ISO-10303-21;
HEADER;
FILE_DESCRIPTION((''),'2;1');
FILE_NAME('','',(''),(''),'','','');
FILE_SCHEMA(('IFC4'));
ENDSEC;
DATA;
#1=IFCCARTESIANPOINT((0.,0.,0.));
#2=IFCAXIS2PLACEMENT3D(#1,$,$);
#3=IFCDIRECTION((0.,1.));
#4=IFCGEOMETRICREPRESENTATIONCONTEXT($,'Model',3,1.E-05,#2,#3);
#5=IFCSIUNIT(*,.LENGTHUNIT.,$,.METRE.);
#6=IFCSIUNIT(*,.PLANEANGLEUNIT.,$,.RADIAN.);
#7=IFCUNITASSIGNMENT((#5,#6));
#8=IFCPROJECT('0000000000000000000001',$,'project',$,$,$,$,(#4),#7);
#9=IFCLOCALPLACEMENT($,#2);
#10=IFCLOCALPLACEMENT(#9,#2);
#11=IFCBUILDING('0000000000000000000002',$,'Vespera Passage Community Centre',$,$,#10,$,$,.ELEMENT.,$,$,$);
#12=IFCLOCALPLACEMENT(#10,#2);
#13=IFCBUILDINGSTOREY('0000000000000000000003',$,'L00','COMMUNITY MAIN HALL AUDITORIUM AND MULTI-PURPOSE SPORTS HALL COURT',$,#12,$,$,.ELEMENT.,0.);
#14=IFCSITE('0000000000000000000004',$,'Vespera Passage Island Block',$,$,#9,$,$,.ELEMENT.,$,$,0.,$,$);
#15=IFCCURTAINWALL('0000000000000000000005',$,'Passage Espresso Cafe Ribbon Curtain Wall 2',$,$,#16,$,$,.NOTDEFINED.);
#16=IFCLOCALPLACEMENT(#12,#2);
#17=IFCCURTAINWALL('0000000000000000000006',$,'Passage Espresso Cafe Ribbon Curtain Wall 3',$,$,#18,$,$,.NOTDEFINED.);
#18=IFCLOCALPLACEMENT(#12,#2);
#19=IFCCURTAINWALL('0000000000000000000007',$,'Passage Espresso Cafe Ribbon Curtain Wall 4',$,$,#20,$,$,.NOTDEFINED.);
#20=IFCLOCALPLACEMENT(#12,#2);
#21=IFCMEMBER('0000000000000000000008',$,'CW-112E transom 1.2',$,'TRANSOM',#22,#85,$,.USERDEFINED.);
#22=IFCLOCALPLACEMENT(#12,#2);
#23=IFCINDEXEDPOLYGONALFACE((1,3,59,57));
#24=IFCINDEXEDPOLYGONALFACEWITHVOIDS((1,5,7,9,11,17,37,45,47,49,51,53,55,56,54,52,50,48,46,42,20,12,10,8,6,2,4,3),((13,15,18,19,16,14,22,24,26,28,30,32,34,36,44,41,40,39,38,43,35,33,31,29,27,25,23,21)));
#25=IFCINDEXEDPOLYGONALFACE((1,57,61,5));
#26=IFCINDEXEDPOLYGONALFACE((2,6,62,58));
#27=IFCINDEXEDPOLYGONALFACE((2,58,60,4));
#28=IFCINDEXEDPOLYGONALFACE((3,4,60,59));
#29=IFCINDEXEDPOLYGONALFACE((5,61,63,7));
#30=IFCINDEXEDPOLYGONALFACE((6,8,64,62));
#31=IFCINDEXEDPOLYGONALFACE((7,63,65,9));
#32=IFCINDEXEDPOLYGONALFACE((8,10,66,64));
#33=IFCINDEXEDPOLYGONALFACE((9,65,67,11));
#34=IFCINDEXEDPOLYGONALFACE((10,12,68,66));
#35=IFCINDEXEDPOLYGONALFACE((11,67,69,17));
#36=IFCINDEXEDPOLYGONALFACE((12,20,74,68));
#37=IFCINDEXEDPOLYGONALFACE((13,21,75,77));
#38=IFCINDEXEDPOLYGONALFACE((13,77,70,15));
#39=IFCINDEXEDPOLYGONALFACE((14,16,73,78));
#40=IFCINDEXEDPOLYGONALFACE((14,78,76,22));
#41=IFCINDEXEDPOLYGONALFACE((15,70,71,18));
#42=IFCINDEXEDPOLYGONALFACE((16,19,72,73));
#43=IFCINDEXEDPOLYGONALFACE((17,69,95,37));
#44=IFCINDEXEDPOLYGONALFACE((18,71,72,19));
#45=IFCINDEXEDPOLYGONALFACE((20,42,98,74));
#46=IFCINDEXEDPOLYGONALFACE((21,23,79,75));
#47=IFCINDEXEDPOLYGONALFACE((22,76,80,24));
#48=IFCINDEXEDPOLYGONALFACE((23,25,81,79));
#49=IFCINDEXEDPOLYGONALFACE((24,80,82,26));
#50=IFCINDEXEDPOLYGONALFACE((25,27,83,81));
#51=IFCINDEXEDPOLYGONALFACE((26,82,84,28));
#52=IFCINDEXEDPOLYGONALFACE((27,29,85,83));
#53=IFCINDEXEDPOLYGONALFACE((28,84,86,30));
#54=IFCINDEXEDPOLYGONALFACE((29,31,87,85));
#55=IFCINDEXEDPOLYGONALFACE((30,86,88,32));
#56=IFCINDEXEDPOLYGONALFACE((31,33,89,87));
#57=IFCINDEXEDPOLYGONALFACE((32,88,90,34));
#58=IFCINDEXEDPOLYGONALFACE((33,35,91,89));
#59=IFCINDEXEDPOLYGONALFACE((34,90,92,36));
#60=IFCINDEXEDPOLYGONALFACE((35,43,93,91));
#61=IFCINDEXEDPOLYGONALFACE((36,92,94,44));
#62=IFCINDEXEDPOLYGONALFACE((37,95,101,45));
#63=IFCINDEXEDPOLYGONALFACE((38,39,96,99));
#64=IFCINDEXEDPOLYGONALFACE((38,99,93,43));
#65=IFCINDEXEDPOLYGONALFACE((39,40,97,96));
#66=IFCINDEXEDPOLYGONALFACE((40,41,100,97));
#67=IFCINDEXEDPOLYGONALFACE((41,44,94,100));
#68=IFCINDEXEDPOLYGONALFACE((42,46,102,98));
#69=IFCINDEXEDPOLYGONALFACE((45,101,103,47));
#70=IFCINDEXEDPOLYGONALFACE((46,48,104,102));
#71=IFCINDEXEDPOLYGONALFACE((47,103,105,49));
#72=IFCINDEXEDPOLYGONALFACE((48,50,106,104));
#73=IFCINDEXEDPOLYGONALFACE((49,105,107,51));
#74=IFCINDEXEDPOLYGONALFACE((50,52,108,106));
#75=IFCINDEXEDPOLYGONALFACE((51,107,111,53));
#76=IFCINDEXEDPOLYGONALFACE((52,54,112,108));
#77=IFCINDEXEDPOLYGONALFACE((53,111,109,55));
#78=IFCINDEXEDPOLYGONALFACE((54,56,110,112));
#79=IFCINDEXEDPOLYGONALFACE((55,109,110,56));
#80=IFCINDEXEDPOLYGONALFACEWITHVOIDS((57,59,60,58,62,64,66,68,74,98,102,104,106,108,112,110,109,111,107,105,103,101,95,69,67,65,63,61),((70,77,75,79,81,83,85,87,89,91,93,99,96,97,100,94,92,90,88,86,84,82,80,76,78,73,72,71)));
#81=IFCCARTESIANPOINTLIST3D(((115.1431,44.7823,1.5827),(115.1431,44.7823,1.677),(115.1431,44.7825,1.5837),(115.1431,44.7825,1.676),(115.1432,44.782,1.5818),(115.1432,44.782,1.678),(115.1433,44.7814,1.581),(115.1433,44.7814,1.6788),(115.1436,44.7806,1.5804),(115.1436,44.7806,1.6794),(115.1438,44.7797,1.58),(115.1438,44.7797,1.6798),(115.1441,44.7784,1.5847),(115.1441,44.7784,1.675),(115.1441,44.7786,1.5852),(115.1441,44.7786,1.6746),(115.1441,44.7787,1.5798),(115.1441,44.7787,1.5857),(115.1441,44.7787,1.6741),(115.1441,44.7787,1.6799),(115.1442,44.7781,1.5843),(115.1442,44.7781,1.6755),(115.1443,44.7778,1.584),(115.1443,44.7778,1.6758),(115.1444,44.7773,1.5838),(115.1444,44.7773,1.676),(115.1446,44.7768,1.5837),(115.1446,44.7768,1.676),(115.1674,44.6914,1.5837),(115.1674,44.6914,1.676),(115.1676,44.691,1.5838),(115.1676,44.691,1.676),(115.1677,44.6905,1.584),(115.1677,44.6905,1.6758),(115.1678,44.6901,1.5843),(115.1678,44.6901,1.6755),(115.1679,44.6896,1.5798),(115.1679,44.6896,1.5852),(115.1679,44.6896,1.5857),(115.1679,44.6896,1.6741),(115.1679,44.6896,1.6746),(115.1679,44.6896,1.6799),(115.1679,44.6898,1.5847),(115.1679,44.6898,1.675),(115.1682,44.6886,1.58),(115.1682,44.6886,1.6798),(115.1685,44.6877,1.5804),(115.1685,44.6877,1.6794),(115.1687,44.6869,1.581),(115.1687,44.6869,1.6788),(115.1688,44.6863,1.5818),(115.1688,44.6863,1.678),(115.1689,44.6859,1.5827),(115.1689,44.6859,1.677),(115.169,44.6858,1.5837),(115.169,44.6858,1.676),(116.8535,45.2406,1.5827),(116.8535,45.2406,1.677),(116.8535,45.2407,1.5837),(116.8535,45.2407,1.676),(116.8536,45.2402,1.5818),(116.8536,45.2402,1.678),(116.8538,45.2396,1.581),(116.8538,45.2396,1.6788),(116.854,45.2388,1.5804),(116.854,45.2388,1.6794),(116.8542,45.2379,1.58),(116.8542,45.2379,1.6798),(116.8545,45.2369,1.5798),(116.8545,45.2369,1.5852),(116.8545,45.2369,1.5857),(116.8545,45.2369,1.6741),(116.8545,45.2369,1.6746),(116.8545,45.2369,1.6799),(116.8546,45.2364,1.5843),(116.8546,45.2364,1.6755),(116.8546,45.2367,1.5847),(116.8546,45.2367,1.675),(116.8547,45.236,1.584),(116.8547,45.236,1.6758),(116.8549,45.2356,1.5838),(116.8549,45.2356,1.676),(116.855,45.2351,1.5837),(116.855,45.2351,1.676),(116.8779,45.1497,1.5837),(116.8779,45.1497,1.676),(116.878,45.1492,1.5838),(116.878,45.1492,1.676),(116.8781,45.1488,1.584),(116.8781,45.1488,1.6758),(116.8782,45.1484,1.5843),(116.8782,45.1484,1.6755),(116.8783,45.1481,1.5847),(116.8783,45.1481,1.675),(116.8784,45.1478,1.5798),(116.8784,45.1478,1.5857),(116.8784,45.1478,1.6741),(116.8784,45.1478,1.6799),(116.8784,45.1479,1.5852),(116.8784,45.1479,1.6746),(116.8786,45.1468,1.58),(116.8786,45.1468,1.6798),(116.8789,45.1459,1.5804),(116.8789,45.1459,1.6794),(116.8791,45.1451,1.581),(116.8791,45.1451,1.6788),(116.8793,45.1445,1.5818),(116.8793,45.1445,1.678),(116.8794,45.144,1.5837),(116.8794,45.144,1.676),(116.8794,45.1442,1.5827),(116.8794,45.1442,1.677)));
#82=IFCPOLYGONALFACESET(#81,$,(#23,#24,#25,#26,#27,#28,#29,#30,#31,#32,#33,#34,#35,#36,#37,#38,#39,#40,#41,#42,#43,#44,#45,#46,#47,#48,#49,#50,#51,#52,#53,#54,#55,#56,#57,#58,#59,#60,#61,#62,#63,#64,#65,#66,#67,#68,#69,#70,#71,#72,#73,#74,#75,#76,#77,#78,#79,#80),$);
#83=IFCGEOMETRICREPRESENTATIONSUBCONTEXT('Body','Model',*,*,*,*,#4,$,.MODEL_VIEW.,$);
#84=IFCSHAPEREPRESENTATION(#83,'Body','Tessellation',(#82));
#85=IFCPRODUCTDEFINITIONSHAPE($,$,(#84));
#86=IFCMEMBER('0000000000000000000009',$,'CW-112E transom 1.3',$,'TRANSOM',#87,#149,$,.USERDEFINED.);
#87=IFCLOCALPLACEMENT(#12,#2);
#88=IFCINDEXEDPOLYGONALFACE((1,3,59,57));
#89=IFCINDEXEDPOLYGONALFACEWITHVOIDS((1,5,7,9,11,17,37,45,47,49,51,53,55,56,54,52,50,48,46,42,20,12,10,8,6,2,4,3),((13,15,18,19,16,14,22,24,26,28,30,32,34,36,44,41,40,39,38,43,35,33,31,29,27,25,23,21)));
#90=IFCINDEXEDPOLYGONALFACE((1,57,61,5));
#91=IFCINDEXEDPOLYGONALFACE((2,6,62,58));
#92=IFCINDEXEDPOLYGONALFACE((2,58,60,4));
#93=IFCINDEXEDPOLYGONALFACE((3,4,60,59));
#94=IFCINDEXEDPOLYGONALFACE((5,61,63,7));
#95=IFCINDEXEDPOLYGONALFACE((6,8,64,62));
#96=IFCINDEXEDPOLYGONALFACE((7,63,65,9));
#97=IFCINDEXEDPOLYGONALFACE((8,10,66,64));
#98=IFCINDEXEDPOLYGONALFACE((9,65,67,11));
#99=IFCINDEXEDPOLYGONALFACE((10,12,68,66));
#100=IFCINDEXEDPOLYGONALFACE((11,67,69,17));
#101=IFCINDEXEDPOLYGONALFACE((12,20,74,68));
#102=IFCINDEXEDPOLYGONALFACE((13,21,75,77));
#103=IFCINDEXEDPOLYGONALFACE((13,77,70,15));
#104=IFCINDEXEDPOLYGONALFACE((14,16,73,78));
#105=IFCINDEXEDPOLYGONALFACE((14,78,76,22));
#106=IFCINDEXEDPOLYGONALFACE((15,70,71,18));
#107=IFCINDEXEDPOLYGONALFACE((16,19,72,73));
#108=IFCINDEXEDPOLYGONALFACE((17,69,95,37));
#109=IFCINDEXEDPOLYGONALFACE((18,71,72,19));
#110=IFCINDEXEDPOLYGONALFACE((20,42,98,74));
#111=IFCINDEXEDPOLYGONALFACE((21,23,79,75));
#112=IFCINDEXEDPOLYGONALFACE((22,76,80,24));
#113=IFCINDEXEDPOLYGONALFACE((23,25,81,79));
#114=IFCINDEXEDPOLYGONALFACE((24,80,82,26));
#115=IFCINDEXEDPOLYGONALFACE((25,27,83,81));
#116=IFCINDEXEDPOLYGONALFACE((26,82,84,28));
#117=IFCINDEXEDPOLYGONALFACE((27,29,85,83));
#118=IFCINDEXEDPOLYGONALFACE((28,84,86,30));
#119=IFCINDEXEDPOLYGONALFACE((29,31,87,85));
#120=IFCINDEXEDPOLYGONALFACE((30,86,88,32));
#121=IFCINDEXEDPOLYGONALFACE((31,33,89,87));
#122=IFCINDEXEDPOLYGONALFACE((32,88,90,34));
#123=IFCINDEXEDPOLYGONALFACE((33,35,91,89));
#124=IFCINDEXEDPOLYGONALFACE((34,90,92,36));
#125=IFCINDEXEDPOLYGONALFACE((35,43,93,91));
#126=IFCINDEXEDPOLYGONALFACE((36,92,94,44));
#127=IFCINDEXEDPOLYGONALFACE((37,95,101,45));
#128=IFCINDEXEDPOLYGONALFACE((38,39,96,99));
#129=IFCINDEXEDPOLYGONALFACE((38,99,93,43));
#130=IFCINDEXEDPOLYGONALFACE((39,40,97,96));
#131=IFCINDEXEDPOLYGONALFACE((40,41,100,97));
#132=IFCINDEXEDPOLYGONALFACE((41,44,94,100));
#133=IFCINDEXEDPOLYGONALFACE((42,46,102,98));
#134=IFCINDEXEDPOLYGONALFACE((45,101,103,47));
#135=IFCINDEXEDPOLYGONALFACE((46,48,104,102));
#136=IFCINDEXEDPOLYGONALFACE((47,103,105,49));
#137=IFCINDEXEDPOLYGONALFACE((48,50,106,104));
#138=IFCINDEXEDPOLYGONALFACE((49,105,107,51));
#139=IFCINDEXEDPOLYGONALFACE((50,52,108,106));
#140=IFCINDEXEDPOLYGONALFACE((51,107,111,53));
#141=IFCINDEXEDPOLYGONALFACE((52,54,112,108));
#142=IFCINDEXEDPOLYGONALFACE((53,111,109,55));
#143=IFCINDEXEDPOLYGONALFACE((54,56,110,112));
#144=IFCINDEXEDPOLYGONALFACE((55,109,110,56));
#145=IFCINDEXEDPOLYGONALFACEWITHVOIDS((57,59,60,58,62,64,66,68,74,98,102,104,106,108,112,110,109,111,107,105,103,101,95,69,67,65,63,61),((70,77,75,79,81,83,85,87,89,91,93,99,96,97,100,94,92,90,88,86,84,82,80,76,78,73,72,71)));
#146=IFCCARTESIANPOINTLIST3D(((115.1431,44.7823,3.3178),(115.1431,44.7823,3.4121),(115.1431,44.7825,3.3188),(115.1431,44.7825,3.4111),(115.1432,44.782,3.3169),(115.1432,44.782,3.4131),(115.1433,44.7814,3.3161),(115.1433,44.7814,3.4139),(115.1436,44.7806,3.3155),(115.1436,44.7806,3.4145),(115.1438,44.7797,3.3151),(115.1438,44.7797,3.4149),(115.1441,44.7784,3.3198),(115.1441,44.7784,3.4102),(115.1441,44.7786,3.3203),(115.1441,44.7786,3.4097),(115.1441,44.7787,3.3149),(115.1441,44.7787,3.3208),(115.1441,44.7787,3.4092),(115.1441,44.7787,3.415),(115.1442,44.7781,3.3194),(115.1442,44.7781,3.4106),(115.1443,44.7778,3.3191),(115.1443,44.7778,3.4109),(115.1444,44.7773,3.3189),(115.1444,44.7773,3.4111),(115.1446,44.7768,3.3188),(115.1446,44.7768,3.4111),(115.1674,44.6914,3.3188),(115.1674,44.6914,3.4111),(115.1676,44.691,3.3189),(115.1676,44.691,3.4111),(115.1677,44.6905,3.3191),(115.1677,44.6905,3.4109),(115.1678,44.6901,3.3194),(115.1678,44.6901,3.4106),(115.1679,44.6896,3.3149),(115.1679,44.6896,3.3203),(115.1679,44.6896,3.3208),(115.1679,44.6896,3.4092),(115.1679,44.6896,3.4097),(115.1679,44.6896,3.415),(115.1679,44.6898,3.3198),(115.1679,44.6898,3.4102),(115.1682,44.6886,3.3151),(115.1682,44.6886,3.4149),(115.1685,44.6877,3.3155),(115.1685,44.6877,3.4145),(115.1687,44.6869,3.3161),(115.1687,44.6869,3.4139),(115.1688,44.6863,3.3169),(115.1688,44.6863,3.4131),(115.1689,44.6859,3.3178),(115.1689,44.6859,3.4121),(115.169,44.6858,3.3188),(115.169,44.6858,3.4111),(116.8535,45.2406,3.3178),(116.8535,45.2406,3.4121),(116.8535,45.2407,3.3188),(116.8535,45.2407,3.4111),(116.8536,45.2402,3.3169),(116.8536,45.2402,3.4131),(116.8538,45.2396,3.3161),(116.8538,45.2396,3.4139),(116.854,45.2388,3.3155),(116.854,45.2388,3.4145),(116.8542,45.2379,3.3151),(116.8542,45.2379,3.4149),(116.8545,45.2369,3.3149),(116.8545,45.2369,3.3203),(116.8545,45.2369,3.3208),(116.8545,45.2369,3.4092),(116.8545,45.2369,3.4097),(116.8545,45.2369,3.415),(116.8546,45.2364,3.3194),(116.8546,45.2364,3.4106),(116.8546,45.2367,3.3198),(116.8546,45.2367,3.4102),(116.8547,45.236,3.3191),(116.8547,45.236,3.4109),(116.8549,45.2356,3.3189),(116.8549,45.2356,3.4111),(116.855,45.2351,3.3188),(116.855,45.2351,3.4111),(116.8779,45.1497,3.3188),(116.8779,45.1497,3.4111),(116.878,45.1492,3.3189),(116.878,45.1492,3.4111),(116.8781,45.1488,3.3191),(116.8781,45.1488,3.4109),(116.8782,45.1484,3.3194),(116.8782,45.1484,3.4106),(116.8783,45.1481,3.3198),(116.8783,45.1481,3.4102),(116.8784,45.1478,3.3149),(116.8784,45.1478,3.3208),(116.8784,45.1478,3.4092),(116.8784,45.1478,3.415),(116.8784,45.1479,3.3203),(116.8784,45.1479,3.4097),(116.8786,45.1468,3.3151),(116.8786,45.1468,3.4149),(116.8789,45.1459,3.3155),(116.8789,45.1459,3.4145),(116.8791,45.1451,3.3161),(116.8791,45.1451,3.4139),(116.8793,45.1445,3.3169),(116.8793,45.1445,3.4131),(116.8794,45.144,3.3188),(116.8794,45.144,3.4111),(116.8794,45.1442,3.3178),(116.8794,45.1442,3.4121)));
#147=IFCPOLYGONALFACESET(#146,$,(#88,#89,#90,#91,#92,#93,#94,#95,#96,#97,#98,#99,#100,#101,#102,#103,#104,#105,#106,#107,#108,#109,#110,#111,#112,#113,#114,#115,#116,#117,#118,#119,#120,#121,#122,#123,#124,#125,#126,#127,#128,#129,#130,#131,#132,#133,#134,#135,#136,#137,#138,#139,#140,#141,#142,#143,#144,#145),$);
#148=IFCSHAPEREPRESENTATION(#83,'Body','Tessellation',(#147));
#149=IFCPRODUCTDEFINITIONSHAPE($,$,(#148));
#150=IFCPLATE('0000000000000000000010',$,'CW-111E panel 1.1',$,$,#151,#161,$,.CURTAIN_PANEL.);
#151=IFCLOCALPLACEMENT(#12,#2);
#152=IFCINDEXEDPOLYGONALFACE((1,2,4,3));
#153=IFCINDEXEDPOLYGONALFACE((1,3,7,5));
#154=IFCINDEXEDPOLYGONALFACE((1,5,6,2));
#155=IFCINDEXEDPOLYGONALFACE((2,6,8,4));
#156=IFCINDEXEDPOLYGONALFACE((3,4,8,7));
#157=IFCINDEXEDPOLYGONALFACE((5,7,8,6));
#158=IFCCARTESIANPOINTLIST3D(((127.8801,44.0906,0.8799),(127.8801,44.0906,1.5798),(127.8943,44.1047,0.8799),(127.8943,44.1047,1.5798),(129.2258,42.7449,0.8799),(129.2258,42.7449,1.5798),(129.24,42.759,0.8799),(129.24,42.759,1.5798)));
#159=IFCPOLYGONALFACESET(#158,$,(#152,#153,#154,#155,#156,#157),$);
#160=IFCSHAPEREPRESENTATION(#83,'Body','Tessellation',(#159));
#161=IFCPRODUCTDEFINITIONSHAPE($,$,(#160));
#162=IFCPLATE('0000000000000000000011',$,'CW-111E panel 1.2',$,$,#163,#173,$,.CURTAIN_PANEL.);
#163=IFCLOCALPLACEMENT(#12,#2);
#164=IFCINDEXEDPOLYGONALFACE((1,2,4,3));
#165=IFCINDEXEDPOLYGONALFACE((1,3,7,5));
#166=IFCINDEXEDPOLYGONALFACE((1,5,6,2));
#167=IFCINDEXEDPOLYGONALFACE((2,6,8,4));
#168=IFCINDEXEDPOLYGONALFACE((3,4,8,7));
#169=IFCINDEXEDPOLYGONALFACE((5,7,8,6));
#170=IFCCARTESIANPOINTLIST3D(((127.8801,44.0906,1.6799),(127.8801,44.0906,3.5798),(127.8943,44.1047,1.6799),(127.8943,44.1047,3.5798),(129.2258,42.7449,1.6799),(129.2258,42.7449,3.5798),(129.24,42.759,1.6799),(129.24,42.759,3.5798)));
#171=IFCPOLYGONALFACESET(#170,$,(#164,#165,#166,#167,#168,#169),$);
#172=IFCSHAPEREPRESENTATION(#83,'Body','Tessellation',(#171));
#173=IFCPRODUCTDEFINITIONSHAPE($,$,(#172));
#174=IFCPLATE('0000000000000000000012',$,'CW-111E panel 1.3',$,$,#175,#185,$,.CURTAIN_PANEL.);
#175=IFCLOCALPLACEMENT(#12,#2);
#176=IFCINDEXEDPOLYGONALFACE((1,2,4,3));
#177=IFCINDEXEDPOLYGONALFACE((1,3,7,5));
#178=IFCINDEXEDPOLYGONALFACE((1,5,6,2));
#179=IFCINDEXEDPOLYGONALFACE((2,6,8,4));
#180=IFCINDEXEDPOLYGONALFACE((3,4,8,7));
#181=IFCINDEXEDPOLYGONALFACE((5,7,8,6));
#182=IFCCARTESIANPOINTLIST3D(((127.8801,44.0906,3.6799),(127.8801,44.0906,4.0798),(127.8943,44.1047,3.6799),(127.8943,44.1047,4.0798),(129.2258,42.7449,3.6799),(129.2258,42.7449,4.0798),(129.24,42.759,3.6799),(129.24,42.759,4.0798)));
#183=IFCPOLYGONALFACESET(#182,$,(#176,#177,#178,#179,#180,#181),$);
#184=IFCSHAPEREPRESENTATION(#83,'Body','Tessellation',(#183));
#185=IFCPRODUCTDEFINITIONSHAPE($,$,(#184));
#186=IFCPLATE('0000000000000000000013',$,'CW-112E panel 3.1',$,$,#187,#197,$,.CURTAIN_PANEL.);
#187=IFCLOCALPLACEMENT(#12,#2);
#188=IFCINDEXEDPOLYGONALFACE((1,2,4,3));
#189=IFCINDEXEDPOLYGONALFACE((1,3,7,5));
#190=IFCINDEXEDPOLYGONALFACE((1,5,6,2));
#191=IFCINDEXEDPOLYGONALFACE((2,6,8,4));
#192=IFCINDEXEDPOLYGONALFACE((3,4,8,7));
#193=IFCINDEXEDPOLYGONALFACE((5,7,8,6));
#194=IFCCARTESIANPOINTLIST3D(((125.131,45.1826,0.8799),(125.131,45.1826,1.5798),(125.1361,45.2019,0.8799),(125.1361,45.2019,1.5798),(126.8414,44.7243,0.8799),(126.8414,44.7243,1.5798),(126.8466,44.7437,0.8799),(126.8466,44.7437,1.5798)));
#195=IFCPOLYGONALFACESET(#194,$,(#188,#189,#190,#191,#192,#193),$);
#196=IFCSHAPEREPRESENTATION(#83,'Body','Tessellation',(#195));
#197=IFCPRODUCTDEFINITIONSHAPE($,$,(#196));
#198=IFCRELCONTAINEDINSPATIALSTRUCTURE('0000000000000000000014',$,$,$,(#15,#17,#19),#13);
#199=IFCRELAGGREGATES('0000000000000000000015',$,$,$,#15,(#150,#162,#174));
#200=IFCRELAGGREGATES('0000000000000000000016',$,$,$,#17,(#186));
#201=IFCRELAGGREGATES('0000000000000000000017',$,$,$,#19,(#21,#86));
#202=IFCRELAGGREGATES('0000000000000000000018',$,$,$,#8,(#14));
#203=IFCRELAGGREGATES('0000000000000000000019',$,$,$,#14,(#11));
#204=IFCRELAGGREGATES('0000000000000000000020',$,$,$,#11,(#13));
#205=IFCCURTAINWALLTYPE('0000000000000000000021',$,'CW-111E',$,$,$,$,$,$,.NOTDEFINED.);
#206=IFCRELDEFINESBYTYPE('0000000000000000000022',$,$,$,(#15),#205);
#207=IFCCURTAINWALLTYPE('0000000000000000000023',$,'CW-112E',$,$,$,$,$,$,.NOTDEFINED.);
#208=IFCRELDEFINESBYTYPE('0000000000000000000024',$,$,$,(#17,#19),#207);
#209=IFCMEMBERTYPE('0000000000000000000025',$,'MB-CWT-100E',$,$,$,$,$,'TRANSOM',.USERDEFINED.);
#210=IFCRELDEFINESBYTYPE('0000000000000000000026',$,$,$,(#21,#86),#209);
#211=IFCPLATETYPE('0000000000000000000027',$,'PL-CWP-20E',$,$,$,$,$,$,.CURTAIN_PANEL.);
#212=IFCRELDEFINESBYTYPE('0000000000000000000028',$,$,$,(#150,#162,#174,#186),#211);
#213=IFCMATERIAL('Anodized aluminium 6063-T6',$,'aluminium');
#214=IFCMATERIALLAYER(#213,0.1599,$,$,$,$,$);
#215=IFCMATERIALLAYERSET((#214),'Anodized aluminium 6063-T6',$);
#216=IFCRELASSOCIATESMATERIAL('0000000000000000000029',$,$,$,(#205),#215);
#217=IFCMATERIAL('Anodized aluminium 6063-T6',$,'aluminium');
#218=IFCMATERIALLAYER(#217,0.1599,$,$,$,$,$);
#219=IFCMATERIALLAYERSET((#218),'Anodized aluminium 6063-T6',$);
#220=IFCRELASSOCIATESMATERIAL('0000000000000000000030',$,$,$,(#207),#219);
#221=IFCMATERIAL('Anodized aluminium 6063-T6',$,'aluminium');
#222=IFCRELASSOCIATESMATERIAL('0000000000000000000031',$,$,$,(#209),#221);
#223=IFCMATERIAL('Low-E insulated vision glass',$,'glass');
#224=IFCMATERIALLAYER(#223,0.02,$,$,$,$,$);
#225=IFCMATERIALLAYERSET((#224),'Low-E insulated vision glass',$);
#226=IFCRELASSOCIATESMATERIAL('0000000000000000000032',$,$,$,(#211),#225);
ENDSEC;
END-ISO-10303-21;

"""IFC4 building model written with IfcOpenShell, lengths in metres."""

from ifc_helpers import new_model, si_unit, direction, frame, origin, origin_2d, place, context, subcontext, project, spatial, rectangle, hollow_rectangle, extrude, material, layer, layer_set, material_profile, profile_set, type_object, element, aggregate, save


model = new_model("IFC4")

# Units and contexts
model_context = context("Model", 3, precision=1e-05, world=origin(), true_north=direction((0.0, 1.0)))
body_context = subcontext(model_context, "Body", "Model", "MODEL_VIEW")
ifc_project = project(units=[si_unit("LENGTHUNIT", "METRE"), si_unit("PLANEANGLEUNIT", "RADIAN")], contexts=[model_context])

# Site, building, storey
site_placement = place(None, origin())
site = spatial("IfcSite", under=ifc_project, at=site_placement, Name="Vespera Passage Island Block", CompositionType="ELEMENT", RefElevation=0.0)
building_placement = place(site_placement, origin())
building = spatial("IfcBuilding", under=site, at=building_placement, Name="Vespera Passage Community Centre", CompositionType="ELEMENT")
storey_placement = place(building_placement, origin())
storey = spatial("IfcBuildingStorey", under=building, at=storey_placement, Name="L00", Description="COMMUNITY MAIN HALL AUDITORIUM AND MULTI-PURPOSE SPORTS HALL COURT", CompositionType="ELEMENT", Elevation=0.0)

# Curtain wall
ifc_material_1 = material(Name="Anodized aluminium 6063-T6", Category="aluminium")
ifc_layer_1 = layer(ifc_material_1, 0.1599)
ifc_layer_set_1 = layer_set([ifc_layer_1], Name="Anodized aluminium 6063-T6")
curtain_wall_type_1 = type_object("IfcCurtainWallType", Name="CW-111E", PredefinedType="NOTDEFINED", material=ifc_layer_set_1)
curtain_wall_1_placement = place(storey_placement, origin())
curtain_wall_1 = element("IfcCurtainWall", 1, at=curtain_wall_1_placement, inside=storey, type_object=curtain_wall_type_1, Name="Passage Espresso Cafe Ribbon Curtain Wall 2", PredefinedType="NOTDEFINED")

# Curtain walls
ifc_material_2 = material(Name="Anodized aluminium 6063-T6", Category="aluminium")
ifc_layer_2 = layer(ifc_material_2, 0.1599)
ifc_layer_set_2 = layer_set([ifc_layer_2], Name="Anodized aluminium 6063-T6")
curtain_wall_type_2 = type_object("IfcCurtainWallType", Name="CW-112E", PredefinedType="NOTDEFINED", material=ifc_layer_set_2)
curtain_wall_2_placement = place(storey_placement, origin())
curtain_wall_2 = element("IfcCurtainWall", 2, at=curtain_wall_2_placement, inside=storey, type_object=curtain_wall_type_2, Name="Passage Espresso Cafe Ribbon Curtain Wall 3", PredefinedType="NOTDEFINED")
curtain_wall_3_placement = place(storey_placement, origin())
curtain_wall_3 = element("IfcCurtainWall", 3, at=curtain_wall_3_placement, inside=storey, type_object=curtain_wall_type_2, Name="Passage Espresso Cafe Ribbon Curtain Wall 4", PredefinedType="NOTDEFINED")

# Members
ifc_material_3 = material(Name="Anodized aluminium 6063-T6", Category="aluminium")
ifc_material_profile_1 = material_profile(ifc_material_3, hollow_rectangle(XDim=0.1001, YDim=0.1001, WallThickness=0.0039, InnerFilletRadius=0.002, OuterFilletRadius=0.0039, at=origin_2d()), Name="ALU100X100X4")
ifc_profile_set_1 = profile_set([ifc_material_profile_1], Name="Anodized aluminium 6063-T6")
member_type_1 = type_object("IfcMemberType", Name="MB-CWT-100E", ElementType="TRANSOM", PredefinedType="USERDEFINED", material=ifc_profile_set_1)
member_1_placement = place(storey_placement, frame((115.156, 44.7341, 1.6299), z_axis=(0.965935, 0.258787, 0.0), x_axis=(-0.258787, 0.965935, 0.0)))
member_1 = element("IfcMember", 4, at=member_1_placement, type_object=member_type_1, Name="CW-112E transom 1.2", ObjectType="TRANSOM", PredefinedType="USERDEFINED", context=body_context, shape_type="SweptSolid", body=[
    extrude(hollow_rectangle(XDim=0.1001, YDim=0.1001, WallThickness=0.0039, InnerFilletRadius=0.002, OuterFilletRadius=0.0039, at=origin_2d()), origin(), (0.0, 0.0, 1.0), 1.7708),
])
member_2_placement = place(storey_placement, frame((115.156, 44.7341, 3.365), z_axis=(0.965935, 0.258787, 0.0), x_axis=(-0.258787, 0.965935, 0.0)))
member_2 = element("IfcMember", 5, at=member_2_placement, type_object=member_type_1, Name="CW-112E transom 1.3", ObjectType="TRANSOM", PredefinedType="USERDEFINED", context=body_context, shape_type="SweptSolid", body=[
    extrude(hollow_rectangle(XDim=0.1001, YDim=0.1001, WallThickness=0.0039, InnerFilletRadius=0.002, OuterFilletRadius=0.0039, at=origin_2d()), origin(), (0.0, 0.0, 1.0), 1.7708),
])

# Plates
ifc_material_4 = material(Name="Low-E insulated vision glass", Category="glass")
ifc_layer_3 = layer(ifc_material_4, 0.02)
ifc_layer_set_3 = layer_set([ifc_layer_3], Name="Low-E insulated vision glass")
plate_type = type_object("IfcPlateType", Name="PL-CWP-20E", PredefinedType="CURTAIN_PANEL", material=ifc_layer_set_3)
plate_1_placement = place(storey_placement, frame((128.5601, 43.4248, 0.8799), z_axis=(0.0, 0.0, 1.0), x_axis=(0.707107, -0.707107, 0.0)))
plate_1 = element("IfcPlate", 6, at=plate_1_placement, type_object=plate_type, Name="CW-111E panel 1.1", PredefinedType="CURTAIN_PANEL", context=body_context, shape_type="SweptSolid", body=[
    extrude(rectangle(XDim=1.9031, YDim=0.02, at=origin_2d()), origin(), (0.0, 0.0, 1.0), 0.7),
])
plate_2_placement = place(storey_placement, frame((128.5601, 43.4248, 1.6799), z_axis=(0.0, 0.0, 1.0), x_axis=(0.707107, -0.707107, 0.0)))
plate_2 = element("IfcPlate", 7, at=plate_2_placement, type_object=plate_type, Name="CW-111E panel 1.2", PredefinedType="CURTAIN_PANEL", context=body_context, shape_type="SweptSolid", body=[
    extrude(rectangle(XDim=1.9031, YDim=0.02, at=origin_2d()), origin(), (0.0, 0.0, 1.0), 1.8999),
])
plate_3_placement = place(storey_placement, frame((128.5601, 43.4248, 3.6799), z_axis=(0.0, 0.0, 1.0), x_axis=(0.707107, -0.707107, 0.0)))
plate_3 = element("IfcPlate", 8, at=plate_3_placement, type_object=plate_type, Name="CW-111E panel 1.3", PredefinedType="CURTAIN_PANEL", context=body_context, shape_type="SweptSolid", body=[
    extrude(rectangle(XDim=1.9031, YDim=0.02, at=origin_2d()), origin(), (0.0, 0.0, 1.0), 0.3999),
])
aggregate(curtain_wall_1, [plate_1, plate_2, plate_3])
plate_4_placement = place(storey_placement, frame((125.9888, 44.9631, 0.8799), z_axis=(0.0, 0.0, 1.0), x_axis=(0.965929, -0.258807, 0.0)))
plate_4 = element("IfcPlate", 9, at=plate_4_placement, type_object=plate_type, Name="CW-112E panel 3.1", PredefinedType="CURTAIN_PANEL", context=body_context, shape_type="SweptSolid", body=[
    extrude(rectangle(XDim=1.7708, YDim=0.02, at=origin_2d()), origin(), (0.0, 0.0, 1.0), 0.7),
])
aggregate(curtain_wall_2, [plate_4])
aggregate(curtain_wall_3, [member_1, member_2])

save(model, "model.ifc")
